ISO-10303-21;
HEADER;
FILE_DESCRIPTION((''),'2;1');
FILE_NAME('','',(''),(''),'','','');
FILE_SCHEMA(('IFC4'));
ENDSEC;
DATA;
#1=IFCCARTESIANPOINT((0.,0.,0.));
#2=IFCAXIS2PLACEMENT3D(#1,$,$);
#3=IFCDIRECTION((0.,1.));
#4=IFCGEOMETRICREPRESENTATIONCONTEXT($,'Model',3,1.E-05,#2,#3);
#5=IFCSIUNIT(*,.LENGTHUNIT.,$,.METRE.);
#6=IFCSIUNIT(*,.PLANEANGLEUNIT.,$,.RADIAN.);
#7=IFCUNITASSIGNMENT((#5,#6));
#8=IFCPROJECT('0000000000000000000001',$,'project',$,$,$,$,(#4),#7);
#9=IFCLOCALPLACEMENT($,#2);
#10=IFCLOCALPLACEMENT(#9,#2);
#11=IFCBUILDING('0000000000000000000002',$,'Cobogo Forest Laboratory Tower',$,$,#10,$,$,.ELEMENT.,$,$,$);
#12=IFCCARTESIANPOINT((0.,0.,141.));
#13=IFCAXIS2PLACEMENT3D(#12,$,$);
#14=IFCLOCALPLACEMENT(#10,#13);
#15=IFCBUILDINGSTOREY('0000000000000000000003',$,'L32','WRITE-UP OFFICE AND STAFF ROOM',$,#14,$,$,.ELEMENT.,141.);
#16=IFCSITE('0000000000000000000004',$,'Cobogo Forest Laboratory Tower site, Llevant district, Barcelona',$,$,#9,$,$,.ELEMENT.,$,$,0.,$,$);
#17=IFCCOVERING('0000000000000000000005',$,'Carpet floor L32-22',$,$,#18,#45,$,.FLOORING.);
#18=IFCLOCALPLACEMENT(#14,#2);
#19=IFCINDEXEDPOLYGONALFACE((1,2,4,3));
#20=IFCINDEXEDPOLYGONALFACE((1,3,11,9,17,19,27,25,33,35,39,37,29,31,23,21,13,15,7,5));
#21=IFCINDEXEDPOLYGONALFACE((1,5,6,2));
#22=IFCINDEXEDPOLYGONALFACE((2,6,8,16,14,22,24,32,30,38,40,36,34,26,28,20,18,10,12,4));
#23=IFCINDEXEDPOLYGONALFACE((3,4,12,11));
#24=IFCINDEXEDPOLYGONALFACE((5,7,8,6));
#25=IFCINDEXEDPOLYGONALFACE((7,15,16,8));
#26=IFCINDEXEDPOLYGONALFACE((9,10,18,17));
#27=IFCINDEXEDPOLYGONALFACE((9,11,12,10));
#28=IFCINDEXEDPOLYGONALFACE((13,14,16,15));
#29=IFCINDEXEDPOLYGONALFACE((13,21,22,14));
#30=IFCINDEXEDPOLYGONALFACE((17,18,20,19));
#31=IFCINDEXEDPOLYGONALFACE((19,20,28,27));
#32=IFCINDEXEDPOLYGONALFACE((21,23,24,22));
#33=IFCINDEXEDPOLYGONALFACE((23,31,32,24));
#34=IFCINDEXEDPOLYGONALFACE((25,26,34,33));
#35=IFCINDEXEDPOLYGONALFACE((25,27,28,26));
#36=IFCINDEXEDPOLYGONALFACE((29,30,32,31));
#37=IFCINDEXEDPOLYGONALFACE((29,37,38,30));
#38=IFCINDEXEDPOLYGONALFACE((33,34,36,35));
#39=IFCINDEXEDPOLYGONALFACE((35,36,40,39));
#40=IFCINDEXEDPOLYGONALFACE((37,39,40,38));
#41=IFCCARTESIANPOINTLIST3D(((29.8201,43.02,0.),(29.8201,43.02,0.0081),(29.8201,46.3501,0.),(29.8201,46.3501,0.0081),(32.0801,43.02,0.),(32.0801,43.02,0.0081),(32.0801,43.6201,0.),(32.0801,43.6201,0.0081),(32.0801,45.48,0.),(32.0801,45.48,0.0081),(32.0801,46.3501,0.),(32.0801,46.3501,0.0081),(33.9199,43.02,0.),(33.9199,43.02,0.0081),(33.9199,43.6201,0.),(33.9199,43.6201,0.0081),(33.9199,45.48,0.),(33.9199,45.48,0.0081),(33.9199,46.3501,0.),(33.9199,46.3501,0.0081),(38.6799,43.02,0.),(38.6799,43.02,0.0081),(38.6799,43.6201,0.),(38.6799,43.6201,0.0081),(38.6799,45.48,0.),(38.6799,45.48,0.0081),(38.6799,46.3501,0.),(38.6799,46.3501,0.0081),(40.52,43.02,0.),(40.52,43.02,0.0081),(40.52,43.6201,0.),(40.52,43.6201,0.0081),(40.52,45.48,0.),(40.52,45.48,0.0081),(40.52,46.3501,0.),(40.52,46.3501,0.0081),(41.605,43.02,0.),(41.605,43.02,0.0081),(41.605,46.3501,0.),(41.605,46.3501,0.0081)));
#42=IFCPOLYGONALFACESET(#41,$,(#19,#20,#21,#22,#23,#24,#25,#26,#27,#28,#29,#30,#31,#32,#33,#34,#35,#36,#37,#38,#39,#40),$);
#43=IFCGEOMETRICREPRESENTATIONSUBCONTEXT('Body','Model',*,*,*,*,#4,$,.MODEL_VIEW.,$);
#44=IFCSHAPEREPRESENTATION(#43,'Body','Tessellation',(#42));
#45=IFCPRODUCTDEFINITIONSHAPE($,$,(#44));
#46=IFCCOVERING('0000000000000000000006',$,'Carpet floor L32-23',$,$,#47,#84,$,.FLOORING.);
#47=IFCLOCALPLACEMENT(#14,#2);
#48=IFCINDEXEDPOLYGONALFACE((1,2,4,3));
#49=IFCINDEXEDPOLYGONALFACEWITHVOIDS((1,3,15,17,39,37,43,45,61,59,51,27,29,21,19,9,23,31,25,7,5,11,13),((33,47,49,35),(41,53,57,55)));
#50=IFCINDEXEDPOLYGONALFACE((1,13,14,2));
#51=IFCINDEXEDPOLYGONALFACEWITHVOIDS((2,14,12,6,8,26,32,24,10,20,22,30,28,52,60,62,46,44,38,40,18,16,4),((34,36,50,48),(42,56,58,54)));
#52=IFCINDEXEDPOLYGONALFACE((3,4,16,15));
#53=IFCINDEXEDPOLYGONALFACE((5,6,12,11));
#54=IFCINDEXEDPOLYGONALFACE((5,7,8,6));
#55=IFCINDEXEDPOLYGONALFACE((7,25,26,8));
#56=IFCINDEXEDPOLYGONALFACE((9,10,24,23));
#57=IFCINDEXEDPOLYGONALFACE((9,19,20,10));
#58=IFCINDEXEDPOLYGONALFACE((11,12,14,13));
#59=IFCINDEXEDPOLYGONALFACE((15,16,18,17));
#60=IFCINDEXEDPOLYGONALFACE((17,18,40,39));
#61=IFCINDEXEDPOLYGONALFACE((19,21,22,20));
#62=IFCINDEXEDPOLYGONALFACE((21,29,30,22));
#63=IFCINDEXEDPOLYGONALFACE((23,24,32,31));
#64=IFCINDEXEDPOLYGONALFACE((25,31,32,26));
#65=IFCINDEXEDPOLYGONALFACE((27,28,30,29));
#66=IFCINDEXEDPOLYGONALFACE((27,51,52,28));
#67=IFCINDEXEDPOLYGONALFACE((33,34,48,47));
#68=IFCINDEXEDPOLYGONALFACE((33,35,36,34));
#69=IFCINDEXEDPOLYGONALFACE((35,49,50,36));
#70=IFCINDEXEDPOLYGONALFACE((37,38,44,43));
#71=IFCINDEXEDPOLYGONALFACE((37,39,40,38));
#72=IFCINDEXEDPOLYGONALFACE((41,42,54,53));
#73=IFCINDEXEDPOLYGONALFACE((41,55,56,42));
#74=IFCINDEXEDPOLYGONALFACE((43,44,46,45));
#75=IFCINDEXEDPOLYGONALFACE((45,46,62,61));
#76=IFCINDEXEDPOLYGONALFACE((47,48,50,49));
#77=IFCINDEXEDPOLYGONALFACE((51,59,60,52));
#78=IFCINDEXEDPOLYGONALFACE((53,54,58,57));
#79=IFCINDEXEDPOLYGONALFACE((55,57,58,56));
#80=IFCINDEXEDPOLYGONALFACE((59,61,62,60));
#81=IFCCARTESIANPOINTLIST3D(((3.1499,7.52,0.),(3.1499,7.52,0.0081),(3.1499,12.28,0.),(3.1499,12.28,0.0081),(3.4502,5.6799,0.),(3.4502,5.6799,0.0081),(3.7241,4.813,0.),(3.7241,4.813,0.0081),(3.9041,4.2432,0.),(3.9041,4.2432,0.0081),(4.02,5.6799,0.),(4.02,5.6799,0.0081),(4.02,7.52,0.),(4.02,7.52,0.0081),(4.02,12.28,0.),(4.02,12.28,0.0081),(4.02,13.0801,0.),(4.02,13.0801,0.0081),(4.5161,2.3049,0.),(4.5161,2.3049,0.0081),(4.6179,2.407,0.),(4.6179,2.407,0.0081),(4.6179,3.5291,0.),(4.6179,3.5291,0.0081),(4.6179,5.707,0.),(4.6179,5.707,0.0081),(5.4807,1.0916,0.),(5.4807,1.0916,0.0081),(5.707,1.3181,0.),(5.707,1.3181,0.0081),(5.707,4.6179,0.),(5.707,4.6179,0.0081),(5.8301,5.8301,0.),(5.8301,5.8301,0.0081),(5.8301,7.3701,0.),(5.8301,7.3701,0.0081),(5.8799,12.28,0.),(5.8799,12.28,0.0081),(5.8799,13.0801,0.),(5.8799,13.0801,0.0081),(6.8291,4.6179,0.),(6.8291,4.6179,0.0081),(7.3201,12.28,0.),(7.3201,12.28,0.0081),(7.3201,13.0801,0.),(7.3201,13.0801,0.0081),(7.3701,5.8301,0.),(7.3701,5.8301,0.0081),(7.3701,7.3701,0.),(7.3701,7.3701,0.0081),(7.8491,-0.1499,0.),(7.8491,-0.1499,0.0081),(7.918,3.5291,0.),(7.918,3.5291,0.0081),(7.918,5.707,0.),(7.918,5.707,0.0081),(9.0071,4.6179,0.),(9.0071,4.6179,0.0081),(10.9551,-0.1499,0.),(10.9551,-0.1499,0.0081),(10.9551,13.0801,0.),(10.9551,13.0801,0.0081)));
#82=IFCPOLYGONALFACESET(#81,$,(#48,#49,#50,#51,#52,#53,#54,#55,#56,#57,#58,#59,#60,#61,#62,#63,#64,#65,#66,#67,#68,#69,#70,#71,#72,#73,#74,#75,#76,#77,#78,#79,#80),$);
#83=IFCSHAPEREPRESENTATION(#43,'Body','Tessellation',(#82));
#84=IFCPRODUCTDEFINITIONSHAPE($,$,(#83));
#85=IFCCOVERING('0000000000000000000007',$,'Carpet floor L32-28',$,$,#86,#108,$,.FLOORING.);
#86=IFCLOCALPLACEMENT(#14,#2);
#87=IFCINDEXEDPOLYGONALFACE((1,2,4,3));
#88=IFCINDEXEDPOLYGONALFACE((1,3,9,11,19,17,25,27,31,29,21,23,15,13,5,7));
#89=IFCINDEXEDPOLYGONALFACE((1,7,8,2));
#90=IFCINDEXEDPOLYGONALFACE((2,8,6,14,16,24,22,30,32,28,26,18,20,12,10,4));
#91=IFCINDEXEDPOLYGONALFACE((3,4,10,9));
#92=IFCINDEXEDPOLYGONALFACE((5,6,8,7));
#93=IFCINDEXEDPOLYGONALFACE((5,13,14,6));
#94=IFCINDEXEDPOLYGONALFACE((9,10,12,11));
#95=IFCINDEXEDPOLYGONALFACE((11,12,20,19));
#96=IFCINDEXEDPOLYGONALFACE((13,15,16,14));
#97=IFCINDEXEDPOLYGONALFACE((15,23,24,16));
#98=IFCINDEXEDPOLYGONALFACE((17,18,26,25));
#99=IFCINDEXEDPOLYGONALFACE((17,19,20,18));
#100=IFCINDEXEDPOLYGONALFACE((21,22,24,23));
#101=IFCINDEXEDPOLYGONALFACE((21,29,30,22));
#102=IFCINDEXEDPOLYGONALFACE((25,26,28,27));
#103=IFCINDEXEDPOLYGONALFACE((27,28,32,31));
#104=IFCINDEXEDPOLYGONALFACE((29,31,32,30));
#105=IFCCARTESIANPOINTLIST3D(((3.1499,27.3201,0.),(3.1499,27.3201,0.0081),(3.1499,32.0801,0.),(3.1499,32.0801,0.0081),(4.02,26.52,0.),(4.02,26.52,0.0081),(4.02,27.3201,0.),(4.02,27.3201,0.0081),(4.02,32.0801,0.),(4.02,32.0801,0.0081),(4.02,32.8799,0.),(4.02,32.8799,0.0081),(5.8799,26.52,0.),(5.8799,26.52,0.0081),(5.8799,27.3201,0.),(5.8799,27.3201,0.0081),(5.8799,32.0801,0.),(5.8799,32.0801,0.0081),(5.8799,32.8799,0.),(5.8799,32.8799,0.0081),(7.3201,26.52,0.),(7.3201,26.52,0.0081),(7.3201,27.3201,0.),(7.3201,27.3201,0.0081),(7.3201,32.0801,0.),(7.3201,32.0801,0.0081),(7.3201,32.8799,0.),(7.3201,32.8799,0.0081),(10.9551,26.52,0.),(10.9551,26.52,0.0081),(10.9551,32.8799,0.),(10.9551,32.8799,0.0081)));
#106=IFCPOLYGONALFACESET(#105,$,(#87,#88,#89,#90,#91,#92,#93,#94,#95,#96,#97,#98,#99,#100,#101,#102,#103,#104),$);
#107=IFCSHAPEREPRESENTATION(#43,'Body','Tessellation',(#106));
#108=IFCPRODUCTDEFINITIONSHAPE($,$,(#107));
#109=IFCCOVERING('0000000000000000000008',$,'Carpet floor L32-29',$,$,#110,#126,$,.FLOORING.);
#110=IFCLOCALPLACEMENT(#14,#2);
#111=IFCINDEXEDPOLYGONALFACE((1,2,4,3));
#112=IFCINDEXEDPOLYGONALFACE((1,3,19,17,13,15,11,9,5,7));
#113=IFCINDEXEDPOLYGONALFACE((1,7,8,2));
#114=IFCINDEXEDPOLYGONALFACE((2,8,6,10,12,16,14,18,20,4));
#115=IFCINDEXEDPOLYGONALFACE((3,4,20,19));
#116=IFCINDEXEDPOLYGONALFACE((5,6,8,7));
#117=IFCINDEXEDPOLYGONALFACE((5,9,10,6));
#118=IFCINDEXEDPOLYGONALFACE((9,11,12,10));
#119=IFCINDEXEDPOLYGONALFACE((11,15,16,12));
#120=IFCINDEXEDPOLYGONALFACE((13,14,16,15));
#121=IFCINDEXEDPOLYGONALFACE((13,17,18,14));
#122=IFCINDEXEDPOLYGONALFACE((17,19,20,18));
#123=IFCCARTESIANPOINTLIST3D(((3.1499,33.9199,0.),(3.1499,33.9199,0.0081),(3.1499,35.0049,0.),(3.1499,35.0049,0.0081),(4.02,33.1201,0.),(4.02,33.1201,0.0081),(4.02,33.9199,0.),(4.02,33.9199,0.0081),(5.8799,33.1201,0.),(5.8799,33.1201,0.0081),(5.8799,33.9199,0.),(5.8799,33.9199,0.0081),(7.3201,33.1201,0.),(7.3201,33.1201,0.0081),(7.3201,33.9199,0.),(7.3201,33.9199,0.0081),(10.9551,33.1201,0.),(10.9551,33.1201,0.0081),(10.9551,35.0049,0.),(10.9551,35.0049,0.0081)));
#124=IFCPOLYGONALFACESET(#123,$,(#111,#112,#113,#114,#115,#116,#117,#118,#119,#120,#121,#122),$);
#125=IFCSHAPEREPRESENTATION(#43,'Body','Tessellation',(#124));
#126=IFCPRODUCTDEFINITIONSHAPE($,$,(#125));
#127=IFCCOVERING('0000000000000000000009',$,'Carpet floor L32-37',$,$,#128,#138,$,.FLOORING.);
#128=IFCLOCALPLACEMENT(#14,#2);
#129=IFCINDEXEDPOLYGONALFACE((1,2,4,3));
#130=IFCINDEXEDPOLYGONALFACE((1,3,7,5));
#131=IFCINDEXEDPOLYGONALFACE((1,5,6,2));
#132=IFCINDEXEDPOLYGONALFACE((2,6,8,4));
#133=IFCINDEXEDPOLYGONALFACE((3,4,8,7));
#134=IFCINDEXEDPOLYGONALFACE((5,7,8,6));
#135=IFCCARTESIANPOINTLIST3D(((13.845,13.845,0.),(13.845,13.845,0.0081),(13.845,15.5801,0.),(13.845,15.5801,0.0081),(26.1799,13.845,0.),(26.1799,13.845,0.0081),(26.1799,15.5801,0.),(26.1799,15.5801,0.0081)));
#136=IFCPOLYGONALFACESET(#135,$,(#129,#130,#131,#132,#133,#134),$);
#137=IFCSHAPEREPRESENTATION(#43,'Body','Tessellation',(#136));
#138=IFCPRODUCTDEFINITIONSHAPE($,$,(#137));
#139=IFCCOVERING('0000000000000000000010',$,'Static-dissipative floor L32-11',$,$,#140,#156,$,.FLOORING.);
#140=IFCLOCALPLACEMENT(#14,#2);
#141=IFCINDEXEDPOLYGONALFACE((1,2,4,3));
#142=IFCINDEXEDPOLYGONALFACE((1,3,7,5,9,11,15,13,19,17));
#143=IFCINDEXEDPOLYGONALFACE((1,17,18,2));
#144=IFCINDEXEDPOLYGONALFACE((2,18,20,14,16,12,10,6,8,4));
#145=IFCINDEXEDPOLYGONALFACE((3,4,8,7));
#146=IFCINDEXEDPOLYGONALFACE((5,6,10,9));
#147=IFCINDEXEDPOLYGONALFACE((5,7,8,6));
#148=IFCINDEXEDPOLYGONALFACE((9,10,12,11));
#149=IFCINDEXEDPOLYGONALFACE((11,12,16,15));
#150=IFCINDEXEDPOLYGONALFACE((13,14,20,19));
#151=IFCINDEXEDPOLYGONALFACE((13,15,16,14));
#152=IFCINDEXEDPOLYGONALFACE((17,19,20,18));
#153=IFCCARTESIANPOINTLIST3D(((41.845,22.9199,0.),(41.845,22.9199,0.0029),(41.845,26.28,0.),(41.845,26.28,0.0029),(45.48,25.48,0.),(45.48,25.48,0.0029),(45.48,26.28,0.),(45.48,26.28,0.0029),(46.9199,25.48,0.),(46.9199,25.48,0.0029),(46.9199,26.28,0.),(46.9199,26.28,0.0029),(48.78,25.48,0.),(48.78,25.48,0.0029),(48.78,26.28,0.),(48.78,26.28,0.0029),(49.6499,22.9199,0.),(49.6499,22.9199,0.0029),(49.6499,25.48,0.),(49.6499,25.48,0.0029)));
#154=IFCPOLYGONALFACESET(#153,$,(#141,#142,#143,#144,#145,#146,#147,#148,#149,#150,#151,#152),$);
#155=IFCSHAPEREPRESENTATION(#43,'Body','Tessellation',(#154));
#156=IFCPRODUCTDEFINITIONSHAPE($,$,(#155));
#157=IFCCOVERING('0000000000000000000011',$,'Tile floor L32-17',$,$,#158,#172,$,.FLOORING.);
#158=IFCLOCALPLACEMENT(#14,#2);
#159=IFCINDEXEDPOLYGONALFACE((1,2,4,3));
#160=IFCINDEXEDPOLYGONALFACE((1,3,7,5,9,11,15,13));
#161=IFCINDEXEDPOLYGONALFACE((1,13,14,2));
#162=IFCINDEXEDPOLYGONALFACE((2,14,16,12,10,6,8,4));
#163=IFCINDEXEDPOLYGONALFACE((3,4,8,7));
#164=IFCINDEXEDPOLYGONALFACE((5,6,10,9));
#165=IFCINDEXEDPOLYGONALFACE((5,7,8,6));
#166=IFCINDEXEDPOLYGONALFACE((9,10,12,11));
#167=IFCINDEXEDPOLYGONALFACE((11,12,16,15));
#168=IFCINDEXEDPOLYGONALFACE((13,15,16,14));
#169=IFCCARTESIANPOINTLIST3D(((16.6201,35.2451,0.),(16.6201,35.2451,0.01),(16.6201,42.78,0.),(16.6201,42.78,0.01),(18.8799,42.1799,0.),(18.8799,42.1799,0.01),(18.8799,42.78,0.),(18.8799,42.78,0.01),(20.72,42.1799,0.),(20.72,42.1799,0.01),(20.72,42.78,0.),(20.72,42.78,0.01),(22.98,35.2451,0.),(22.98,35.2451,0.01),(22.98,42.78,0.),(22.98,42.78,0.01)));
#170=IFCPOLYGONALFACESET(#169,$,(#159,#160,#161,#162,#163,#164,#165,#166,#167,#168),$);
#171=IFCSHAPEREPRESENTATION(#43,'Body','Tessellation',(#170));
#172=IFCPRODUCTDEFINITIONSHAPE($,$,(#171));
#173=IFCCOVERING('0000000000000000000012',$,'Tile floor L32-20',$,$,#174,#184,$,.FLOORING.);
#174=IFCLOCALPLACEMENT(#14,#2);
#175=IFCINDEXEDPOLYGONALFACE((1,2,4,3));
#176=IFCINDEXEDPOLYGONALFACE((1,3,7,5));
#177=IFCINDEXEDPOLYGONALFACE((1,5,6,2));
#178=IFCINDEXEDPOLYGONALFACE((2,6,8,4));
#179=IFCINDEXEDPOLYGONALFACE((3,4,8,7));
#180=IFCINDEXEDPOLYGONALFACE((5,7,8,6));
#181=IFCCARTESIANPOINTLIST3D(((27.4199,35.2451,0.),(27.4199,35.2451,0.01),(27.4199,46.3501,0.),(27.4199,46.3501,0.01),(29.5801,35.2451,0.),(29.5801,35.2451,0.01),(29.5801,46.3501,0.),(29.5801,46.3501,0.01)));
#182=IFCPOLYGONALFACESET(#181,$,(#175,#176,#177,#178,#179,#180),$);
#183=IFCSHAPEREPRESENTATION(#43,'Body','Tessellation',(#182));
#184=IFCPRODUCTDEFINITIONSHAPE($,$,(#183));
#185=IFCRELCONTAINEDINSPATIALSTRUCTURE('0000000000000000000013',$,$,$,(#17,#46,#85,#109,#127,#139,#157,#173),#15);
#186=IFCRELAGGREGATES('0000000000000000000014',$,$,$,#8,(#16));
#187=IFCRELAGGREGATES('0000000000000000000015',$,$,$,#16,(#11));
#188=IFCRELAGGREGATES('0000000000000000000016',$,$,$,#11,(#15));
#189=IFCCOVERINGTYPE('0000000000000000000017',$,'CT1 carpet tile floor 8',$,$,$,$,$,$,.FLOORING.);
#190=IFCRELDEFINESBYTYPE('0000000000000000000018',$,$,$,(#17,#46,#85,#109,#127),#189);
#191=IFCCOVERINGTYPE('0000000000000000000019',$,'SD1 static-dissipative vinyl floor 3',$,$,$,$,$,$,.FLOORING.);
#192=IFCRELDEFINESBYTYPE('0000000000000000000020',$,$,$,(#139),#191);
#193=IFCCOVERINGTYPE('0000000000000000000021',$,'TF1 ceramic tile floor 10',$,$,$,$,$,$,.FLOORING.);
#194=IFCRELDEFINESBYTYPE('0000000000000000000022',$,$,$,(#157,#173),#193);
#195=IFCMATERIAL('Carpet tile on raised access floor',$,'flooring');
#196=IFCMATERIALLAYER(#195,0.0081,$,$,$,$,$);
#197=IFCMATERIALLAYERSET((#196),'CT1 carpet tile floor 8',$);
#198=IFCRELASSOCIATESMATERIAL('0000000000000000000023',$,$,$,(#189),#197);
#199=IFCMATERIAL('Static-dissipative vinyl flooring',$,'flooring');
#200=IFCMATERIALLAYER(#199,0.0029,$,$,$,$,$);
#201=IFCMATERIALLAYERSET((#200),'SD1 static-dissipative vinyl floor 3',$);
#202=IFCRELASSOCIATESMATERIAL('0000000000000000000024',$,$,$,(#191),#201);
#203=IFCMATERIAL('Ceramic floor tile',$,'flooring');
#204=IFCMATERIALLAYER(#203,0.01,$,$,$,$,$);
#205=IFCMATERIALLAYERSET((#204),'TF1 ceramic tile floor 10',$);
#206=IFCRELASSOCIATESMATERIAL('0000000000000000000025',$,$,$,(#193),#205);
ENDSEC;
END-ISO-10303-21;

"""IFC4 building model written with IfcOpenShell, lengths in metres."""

from ifc_helpers import new_model, si_unit, direction, frame, origin, place, context, subcontext, project, spatial, polyline, outline, extrude, material, layer, layer_set, type_object, element, save


model = new_model("IFC4")

# Units and contexts
model_context = context("Model", 3, precision=1e-05, world=origin(), true_north=direction((0.0, 1.0)))
body_context = subcontext(model_context, "Body", "Model", "MODEL_VIEW")
ifc_project = project(units=[si_unit("LENGTHUNIT", "METRE"), si_unit("PLANEANGLEUNIT", "RADIAN")], contexts=[model_context])

# Site, building, storey
site_placement = place(None, origin())
site = spatial("IfcSite", under=ifc_project, at=site_placement, Name="Cobogo Forest Laboratory Tower site, Llevant district, Barcelona", CompositionType="ELEMENT", RefElevation=0.0)
building_placement = place(site_placement, origin())
building = spatial("IfcBuilding", under=site, at=building_placement, Name="Cobogo Forest Laboratory Tower", CompositionType="ELEMENT")
storey_placement = place(building_placement, frame((0.0, 0.0, 141.0)))
storey = spatial("IfcBuildingStorey", under=building, at=storey_placement, Name="L32", Description="WRITE-UP OFFICE AND STAFF ROOM", CompositionType="ELEMENT", Elevation=141.0)

# Coverings
ifc_material_1 = material(Name="Carpet tile on raised access floor", Category="flooring")
ifc_layer_1 = layer(ifc_material_1, 0.0081)
ifc_layer_set_1 = layer_set([ifc_layer_1], Name="CT1 carpet tile floor 8")
covering_type_1 = type_object("IfcCoveringType", Name="CT1 carpet tile floor 8", PredefinedType="FLOORING", material=ifc_layer_set_1)
covering_1_placement = place(storey_placement, origin())
element("IfcCovering", 1, at=covering_1_placement, inside=storey, type_object=covering_type_1, Name="Carpet floor L32-22", PredefinedType="FLOORING", context=body_context, shape_type="SweptSolid", body=[
    extrude(outline(polyline([(40.52, 43.02), (40.52, 43.6201), (38.6799, 43.6201), (38.6799, 43.02), (33.9199, 43.02), (33.9199, 43.6201), (32.0801, 43.6201), (32.0801, 43.02), (29.8201, 43.02), (29.8201, 46.3501), (32.0801, 46.3501), (32.0801, 45.48), (33.9199, 45.48), (33.9199, 46.3501), (38.6799, 46.3501), (38.6799, 45.48), (40.52, 45.48), (40.52, 46.3501), (41.605, 46.3501), (41.605, 43.02), (40.52, 43.02)])), origin(), (0.0, 0.0, 1.0), 0.0081),
])
covering_2_placement = place(storey_placement, origin())
element("IfcCovering", 2, at=covering_2_placement, inside=storey, type_object=covering_type_1, Name="Carpet floor L32-23", PredefinedType="FLOORING", context=body_context, shape_type="SweptSolid", body=[
    extrude(outline(polyline([(3.9041, 4.2432), (4.6179, 3.5291), (5.707, 4.6179), (4.6179, 5.707), (3.7241, 4.813), (3.4502, 5.6799), (4.02, 5.6799), (4.02, 7.52), (3.1499, 7.52), (3.1499, 12.28), (4.02, 12.28), (4.02, 13.0801), (5.8799, 13.0801), (5.8799, 12.28), (7.3201, 12.28), (7.3201, 13.0801), (10.9551, 13.0801), (10.9551, -0.1499), (7.8491, -0.1499), (5.4807, 1.0916), (5.707, 1.3181), (4.6179, 2.407), (4.5161, 2.3049), (3.9041, 4.2432)]), holes=[polyline([(6.8291, 4.6179), (7.918, 3.5291), (9.0071, 4.6179), (7.918, 5.707), (6.8291, 4.6179)]), polyline([(5.8301, 7.3701), (5.8301, 5.8301), (7.3701, 5.8301), (7.3701, 7.3701), (5.8301, 7.3701)])]), origin(), (0.0, 0.0, 1.0), 0.0081),
])
covering_3_placement = place(storey_placement, origin())
element("IfcCovering", 3, at=covering_3_placement, inside=storey, type_object=covering_type_1, Name="Carpet floor L32-28", PredefinedType="FLOORING", context=body_context, shape_type="SweptSolid", body=[
    extrude(outline(polyline([(10.9551, 26.52), (7.3201, 26.52), (7.3201, 27.3201), (5.8799, 27.3201), (5.8799, 26.52), (4.02, 26.52), (4.02, 27.3201), (3.1499, 27.3201), (3.1499, 32.0801), (4.02, 32.0801), (4.02, 32.8799), (5.8799, 32.8799), (5.8799, 32.0801), (7.3201, 32.0801), (7.3201, 32.8799), (10.9551, 32.8799), (10.9551, 26.52)])), origin(), (0.0, 0.0, 1.0), 0.0081),
])
covering_4_placement = place(storey_placement, origin())
element("IfcCovering", 4, at=covering_4_placement, inside=storey, type_object=covering_type_1, Name="Carpet floor L32-29", PredefinedType="FLOORING", context=body_context, shape_type="SweptSolid", body=[
    extrude(outline(polyline([(10.9551, 33.1201), (7.3201, 33.1201), (7.3201, 33.9199), (5.8799, 33.9199), (5.8799, 33.1201), (4.02, 33.1201), (4.02, 33.9199), (3.1499, 33.9199), (3.1499, 35.0049), (10.9551, 35.0049), (10.9551, 33.1201)])), origin(), (0.0, 0.0, 1.0), 0.0081),
])
covering_5_placement = place(storey_placement, origin())
element("IfcCovering", 5, at=covering_5_placement, inside=storey, type_object=covering_type_1, Name="Carpet floor L32-37", PredefinedType="FLOORING", context=body_context, shape_type="SweptSolid", body=[
    extrude(outline(polyline([(26.1799, 13.845), (13.845, 13.845), (13.845, 15.5801), (26.1799, 15.5801), (26.1799, 13.845)])), origin(), (0.0, 0.0, 1.0), 0.0081),
])
ifc_material_2 = material(Name="Static-dissipative vinyl flooring", Category="flooring")
ifc_layer_2 = layer(ifc_material_2, 0.0029)
ifc_layer_set_2 = layer_set([ifc_layer_2], Name="SD1 static-dissipative vinyl floor 3")
covering_type_2 = type_object("IfcCoveringType", Name="SD1 static-dissipative vinyl floor 3", PredefinedType="FLOORING", material=ifc_layer_set_2)
covering_6_placement = place(storey_placement, origin())
element("IfcCovering", 6, at=covering_6_placement, inside=storey, type_object=covering_type_2, Name="Static-dissipative floor L32-11", PredefinedType="FLOORING", context=body_context, shape_type="SweptSolid", body=[
    extrude(outline(polyline([(41.845, 26.28), (45.48, 26.28), (45.48, 25.48), (46.9199, 25.48), (46.9199, 26.28), (48.78, 26.28), (48.78, 25.48), (49.6499, 25.48), (49.6499, 22.9199), (41.845, 22.9199), (41.845, 26.28)])), origin(), (0.0, 0.0, 1.0), 0.0029),
])
ifc_material_3 = material(Name="Ceramic floor tile", Category="flooring")
ifc_layer_3 = layer(ifc_material_3, 0.01)
ifc_layer_set_3 = layer_set([ifc_layer_3], Name="TF1 ceramic tile floor 10")
covering_type_3 = type_object("IfcCoveringType", Name="TF1 ceramic tile floor 10", PredefinedType="FLOORING", material=ifc_layer_set_3)
covering_7_placement = place(storey_placement, origin())
element("IfcCovering", 7, at=covering_7_placement, inside=storey, type_object=covering_type_3, Name="Tile floor L32-17", PredefinedType="FLOORING", context=body_context, shape_type="SweptSolid", body=[
    extrude(outline(polyline([(16.6201, 42.78), (18.8799, 42.78), (18.8799, 42.1799), (20.72, 42.1799), (20.72, 42.78), (22.98, 42.78), (22.98, 35.2451), (16.6201, 35.2451), (16.6201, 42.78)])), origin(), (0.0, 0.0, 1.0), 0.01),
])
covering_8_placement = place(storey_placement, origin())
element("IfcCovering", 8, at=covering_8_placement, inside=storey, type_object=covering_type_3, Name="Tile floor L32-20", PredefinedType="FLOORING", context=body_context, shape_type="SweptSolid", body=[
    extrude(outline(polyline([(29.5801, 35.2451), (27.4199, 35.2451), (27.4199, 46.3501), (29.5801, 46.3501), (29.5801, 35.2451)])), origin(), (0.0, 0.0, 1.0), 0.01),
])

save(model, "model.ifc")
